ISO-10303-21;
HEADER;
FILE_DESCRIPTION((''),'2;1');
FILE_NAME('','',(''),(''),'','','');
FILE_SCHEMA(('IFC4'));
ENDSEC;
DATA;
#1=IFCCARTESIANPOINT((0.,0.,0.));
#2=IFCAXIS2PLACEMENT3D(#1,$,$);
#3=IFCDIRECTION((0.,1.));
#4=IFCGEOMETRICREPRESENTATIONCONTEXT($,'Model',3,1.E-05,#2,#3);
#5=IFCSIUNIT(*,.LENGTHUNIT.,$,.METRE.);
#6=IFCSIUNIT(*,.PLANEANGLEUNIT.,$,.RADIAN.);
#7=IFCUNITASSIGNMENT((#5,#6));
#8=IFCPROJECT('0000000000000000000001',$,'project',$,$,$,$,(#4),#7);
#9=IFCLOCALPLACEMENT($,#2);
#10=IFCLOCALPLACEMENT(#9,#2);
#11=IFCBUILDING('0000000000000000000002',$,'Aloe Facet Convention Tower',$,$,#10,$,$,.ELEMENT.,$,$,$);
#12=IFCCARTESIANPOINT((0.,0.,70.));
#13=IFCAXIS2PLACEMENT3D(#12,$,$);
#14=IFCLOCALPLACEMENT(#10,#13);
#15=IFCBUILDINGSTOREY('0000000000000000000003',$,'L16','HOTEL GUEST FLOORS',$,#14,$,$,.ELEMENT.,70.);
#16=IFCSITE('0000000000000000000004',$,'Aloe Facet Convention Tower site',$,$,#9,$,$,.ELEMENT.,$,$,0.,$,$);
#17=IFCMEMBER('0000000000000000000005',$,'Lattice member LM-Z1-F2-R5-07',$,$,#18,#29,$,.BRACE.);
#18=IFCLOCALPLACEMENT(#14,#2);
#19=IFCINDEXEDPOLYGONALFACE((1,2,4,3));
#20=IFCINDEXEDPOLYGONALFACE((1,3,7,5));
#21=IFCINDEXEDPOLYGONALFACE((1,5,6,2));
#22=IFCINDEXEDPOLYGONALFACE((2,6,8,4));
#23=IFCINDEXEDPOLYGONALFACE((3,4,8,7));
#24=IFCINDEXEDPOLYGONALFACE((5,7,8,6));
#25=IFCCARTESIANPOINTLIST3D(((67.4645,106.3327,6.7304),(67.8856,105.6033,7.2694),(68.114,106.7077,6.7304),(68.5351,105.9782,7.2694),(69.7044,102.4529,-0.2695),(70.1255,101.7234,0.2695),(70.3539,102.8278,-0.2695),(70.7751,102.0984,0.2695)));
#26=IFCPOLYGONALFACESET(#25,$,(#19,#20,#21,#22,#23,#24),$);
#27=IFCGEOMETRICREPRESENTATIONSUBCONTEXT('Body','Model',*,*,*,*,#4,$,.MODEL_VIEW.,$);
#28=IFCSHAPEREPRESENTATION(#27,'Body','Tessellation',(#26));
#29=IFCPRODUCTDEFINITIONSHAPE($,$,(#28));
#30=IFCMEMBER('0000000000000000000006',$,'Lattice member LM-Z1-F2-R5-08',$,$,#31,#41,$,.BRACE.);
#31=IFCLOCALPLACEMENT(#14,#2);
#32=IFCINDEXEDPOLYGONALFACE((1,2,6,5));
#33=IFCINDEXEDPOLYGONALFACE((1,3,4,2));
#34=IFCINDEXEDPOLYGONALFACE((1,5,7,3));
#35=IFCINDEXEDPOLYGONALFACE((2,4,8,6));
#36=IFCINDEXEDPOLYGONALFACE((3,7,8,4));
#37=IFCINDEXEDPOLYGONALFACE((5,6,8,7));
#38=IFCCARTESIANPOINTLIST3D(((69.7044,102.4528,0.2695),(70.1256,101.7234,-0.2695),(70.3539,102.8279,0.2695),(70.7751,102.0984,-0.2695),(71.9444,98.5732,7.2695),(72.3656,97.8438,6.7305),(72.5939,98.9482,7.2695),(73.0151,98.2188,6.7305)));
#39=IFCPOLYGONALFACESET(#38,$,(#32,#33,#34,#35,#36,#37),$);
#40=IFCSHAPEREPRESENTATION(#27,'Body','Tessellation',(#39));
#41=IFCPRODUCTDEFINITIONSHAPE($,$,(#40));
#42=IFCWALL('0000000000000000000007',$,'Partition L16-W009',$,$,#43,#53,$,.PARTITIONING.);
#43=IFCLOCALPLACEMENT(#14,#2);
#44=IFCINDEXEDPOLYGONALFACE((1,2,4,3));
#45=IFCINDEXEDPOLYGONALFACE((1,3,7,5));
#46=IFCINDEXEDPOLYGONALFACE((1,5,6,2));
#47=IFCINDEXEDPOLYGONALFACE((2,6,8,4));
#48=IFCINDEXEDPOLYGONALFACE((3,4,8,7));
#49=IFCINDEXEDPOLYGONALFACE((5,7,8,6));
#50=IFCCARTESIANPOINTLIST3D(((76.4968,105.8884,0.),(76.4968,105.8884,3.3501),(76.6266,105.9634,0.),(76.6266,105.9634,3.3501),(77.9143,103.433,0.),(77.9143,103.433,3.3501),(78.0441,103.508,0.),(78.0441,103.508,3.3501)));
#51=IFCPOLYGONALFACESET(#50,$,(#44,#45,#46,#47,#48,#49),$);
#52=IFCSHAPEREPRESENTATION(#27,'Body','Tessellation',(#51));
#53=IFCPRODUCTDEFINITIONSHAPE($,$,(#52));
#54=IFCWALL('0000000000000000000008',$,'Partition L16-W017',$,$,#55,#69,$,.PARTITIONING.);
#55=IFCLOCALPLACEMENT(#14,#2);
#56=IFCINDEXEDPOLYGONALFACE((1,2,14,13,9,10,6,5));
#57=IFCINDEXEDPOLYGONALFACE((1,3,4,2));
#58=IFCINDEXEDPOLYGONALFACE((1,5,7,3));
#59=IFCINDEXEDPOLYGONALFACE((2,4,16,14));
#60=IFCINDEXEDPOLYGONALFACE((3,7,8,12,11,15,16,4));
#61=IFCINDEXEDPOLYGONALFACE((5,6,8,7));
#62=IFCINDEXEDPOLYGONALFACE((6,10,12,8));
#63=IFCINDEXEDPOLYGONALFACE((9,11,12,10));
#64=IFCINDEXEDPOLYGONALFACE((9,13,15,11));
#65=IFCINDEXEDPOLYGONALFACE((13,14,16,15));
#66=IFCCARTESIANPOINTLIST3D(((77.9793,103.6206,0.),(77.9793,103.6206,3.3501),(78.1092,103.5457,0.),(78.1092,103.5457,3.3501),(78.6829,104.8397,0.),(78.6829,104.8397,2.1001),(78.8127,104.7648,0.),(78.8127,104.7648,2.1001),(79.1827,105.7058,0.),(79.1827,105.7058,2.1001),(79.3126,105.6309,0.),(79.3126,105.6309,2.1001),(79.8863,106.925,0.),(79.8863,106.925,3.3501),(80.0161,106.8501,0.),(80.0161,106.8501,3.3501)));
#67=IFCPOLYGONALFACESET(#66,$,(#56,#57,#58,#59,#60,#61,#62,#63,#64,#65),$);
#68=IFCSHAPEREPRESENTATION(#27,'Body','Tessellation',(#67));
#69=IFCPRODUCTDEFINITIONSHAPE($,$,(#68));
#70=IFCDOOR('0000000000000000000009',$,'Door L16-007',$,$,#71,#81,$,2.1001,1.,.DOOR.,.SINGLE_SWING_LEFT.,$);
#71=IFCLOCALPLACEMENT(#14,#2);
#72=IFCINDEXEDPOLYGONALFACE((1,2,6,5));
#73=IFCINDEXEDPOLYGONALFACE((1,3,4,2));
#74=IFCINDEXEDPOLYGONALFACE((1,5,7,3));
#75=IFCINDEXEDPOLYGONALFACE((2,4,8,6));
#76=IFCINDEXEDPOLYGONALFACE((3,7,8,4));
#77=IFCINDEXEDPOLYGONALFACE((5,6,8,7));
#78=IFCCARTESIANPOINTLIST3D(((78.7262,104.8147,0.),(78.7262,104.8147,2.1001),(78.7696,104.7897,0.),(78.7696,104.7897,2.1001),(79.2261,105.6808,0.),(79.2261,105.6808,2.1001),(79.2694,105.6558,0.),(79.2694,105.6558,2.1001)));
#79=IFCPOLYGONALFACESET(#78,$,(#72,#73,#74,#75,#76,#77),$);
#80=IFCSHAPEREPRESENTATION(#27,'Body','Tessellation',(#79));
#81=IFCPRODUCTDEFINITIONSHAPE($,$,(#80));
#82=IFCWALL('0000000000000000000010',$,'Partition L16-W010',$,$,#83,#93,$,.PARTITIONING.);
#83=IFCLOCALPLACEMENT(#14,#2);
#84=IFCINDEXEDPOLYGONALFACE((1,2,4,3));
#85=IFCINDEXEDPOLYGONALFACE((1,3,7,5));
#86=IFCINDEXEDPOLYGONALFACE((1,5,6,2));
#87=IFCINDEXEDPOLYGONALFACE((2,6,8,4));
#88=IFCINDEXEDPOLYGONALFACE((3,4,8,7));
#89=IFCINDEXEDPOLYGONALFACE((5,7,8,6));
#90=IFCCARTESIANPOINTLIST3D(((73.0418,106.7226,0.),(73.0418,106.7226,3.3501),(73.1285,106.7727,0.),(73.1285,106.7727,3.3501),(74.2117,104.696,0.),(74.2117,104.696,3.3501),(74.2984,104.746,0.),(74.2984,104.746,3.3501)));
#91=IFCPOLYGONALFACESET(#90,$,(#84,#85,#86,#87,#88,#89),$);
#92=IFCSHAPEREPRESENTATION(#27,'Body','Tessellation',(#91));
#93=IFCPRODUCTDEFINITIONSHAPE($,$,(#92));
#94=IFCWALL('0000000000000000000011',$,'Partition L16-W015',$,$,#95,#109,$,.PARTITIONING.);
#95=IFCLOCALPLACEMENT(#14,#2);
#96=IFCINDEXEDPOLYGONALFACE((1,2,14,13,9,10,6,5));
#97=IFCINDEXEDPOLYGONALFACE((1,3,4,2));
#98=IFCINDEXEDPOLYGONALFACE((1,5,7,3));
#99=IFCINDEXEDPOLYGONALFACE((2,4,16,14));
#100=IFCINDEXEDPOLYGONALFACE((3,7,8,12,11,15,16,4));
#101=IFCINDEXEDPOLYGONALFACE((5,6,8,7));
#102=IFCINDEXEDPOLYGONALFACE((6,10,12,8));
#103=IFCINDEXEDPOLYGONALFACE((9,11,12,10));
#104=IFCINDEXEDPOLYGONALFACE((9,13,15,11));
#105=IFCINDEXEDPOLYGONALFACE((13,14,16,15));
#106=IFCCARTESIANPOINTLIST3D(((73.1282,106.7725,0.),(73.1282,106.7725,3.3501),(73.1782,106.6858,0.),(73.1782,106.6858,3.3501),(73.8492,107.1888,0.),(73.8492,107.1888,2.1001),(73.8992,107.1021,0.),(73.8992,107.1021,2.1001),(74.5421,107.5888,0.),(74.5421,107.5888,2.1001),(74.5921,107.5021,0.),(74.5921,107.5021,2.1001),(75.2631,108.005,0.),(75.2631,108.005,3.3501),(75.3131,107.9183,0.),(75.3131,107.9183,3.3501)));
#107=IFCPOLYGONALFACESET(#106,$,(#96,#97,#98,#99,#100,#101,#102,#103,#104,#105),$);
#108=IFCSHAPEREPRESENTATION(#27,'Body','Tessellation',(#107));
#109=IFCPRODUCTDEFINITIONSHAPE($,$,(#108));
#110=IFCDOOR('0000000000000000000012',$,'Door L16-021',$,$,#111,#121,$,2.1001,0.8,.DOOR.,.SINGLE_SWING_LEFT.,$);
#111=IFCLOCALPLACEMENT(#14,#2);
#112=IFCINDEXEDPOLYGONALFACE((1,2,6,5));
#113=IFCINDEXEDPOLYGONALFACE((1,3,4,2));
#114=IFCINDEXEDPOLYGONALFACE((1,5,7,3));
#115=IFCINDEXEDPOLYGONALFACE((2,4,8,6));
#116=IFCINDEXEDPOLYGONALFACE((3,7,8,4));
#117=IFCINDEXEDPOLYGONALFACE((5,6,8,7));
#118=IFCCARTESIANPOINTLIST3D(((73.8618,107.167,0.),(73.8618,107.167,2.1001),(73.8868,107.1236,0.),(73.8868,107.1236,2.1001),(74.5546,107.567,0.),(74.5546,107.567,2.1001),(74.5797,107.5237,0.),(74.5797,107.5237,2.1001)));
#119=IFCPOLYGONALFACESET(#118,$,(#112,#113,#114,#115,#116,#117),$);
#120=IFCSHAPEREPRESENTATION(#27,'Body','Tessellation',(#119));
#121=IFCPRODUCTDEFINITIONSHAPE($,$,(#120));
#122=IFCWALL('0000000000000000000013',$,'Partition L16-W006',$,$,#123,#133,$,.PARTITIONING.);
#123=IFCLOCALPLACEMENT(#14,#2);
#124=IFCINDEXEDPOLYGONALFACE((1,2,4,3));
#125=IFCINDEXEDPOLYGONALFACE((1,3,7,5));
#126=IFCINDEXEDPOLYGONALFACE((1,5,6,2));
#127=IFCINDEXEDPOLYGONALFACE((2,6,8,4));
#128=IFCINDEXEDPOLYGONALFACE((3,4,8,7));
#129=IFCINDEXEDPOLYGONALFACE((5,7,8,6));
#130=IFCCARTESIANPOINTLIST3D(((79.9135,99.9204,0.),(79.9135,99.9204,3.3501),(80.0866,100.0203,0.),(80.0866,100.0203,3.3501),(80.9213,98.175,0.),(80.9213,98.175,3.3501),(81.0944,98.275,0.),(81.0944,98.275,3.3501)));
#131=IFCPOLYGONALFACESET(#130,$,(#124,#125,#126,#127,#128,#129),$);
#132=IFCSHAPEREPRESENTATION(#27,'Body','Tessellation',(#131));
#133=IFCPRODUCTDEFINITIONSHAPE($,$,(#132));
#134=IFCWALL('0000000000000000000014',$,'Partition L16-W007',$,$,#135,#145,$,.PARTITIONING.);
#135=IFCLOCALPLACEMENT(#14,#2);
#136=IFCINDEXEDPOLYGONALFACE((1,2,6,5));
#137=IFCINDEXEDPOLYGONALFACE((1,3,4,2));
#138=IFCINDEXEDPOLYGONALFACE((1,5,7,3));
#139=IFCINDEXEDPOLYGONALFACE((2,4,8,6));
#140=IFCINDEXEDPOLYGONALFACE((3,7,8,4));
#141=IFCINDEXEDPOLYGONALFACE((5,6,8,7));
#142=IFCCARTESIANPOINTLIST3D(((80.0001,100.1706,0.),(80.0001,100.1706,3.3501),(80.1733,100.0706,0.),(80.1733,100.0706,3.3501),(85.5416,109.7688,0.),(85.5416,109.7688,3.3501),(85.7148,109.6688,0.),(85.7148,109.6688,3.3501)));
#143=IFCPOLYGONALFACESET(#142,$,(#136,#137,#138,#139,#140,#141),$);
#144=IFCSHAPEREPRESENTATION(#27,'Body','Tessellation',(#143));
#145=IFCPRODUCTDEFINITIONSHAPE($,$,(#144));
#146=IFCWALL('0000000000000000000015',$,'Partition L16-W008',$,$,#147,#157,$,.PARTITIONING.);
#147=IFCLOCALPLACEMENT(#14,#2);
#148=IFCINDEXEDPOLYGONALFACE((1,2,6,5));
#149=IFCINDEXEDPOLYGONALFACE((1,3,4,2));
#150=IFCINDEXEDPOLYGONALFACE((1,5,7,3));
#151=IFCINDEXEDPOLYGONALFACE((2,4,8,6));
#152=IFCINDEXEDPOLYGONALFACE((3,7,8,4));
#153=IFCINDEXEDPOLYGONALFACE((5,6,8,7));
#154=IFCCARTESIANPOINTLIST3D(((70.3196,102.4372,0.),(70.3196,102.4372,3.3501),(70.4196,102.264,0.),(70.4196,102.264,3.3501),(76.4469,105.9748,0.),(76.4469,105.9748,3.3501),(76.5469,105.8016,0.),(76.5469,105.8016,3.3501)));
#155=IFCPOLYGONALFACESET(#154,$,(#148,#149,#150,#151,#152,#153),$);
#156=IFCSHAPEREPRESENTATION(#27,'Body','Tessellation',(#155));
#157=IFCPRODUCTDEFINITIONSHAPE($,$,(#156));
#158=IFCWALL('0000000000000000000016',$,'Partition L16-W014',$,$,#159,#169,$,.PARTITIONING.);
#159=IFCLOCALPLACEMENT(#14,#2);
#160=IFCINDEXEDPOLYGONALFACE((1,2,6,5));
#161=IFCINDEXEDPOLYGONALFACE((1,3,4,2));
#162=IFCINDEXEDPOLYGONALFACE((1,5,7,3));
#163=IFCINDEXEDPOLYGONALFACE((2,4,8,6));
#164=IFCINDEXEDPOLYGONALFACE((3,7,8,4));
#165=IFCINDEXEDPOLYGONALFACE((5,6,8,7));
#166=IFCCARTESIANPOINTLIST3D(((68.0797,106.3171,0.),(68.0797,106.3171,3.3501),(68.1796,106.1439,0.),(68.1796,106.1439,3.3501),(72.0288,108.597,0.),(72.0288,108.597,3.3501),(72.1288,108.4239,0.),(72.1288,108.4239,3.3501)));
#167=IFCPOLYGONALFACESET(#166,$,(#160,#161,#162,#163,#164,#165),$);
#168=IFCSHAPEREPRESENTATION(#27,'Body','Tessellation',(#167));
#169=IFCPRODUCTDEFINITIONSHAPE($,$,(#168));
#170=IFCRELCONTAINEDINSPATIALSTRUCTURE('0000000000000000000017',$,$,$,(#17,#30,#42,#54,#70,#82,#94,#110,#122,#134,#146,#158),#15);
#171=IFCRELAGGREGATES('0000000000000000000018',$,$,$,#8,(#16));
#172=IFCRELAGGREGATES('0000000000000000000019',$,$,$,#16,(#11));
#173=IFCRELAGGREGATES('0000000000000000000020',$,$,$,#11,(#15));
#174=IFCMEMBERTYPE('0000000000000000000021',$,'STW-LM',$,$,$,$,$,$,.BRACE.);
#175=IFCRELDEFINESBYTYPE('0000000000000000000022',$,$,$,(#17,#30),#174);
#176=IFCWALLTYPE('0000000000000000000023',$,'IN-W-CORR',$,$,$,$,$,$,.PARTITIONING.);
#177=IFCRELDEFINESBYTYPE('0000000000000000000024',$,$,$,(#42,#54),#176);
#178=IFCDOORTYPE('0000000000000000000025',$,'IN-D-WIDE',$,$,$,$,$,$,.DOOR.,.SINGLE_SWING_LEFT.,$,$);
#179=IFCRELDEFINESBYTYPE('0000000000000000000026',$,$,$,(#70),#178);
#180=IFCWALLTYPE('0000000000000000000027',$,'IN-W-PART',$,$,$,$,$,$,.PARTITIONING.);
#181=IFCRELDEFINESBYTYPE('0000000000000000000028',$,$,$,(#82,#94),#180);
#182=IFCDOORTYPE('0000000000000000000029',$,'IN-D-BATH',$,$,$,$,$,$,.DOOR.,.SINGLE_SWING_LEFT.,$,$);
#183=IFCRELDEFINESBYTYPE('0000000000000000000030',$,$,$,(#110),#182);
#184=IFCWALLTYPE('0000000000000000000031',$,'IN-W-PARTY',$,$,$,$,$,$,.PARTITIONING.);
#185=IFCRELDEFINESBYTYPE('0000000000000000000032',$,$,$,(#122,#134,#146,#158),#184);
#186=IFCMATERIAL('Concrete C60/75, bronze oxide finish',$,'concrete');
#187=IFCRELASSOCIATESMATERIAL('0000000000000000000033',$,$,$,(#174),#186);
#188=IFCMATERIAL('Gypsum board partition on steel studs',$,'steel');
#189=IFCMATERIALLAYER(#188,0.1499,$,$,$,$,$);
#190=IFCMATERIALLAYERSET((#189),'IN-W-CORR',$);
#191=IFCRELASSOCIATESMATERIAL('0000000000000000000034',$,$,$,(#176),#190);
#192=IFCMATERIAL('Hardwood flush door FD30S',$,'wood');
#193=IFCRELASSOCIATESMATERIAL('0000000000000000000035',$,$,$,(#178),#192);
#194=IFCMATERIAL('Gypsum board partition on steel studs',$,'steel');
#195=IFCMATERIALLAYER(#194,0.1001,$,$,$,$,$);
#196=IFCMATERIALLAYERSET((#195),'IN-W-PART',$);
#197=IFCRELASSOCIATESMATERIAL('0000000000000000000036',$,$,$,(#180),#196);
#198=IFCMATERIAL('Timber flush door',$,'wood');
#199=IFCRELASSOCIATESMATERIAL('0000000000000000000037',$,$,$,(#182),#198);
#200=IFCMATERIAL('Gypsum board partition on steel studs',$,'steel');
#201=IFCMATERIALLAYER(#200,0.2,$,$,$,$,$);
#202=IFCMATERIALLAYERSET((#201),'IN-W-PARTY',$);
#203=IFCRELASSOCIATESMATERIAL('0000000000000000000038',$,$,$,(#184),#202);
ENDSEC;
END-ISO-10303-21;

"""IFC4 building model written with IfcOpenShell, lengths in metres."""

from ifc_helpers import new_model, si_unit, direction, frame, frame_2d, origin, origin_2d, place, context, subcontext, project, spatial, rectangle, extrude, material, layer, layer_set, material_profile, profile_set, type_object, element, fill, save


model = new_model("IFC4")

# Units and contexts
model_context = context("Model", 3, precision=1e-05, world=origin(), true_north=direction((0.0, 1.0)))
body_context = subcontext(model_context, "Body", "Model", "MODEL_VIEW")
ifc_project = project(units=[si_unit("LENGTHUNIT", "METRE"), si_unit("PLANEANGLEUNIT", "RADIAN")], contexts=[model_context])

# Site, building, storey
site_placement = place(None, origin())
site = spatial("IfcSite", under=ifc_project, at=site_placement, Name="Aloe Facet Convention Tower site", CompositionType="ELEMENT", RefElevation=0.0)
building_placement = place(site_placement, origin())
building = spatial("IfcBuilding", under=site, at=building_placement, Name="Aloe Facet Convention Tower", CompositionType="ELEMENT")
storey_placement = place(building_placement, frame((0.0, 0.0, 70.0)))
storey = spatial("IfcBuildingStorey", under=building, at=storey_placement, Name="L16", Description="HOTEL GUEST FLOORS", CompositionType="ELEMENT", Elevation=70.0)

# Members
ifc_material_1 = material(Name="Concrete C60/75, bronze oxide finish", Category="concrete")
ifc_material_profile_1 = material_profile(ifc_material_1, rectangle(XDim=0.75, YDim=1.0, at=origin_2d()), Name="STW-LM")
ifc_profile_set_1 = profile_set([ifc_material_profile_1], Name="Concrete C60/75, bronze oxide finish")
member_type = type_object("IfcMemberType", Name="STW-LM", PredefinedType="BRACE", material=ifc_profile_set_1)
for number, where, z_axis, x_axis, name in (
    (1, (70.2397, 102.2756, 0.0), (-0.269524, 0.466843, 0.842267), (-0.866031, -0.49999, 0.0), "Lattice member LM-Z1-F2-R5-07"),
    (2, (70.2397, 102.2756, 0.0), (0.269528, -0.46682, 0.842279), (0.866018, 0.500013, 0.0), "Lattice member LM-Z1-F2-R5-08"),
):
    element("IfcMember", number, at=place(storey_placement, frame(where, z_axis=z_axis, x_axis=x_axis)), inside=storey, type_object=member_type, Name=name, PredefinedType="BRACE", context=body_context, shape_type="SweptSolid", body=[
        extrude(rectangle(XDim=0.75, YDim=1.0, at=origin_2d()), origin(), (0.0, 0.0, 1.0), 8.3108),
    ])

# Wall
ifc_material_2 = material(Name="Gypsum board partition on steel studs", Category="steel")
ifc_layer_1 = layer(ifc_material_2, 0.1499)
ifc_layer_set_1 = layer_set([ifc_layer_1], Name="IN-W-CORR")
wall_type_1 = type_object("IfcWallType", Name="IN-W-CORR", PredefinedType="PARTITIONING", material=ifc_layer_set_1)
wall_1_placement = place(storey_placement, frame((76.5618, 105.9258, 0.0), z_axis=(0.0, 0.0, 1.0), x_axis=(0.499973, -0.866041, 0.0)))
element("IfcWall", 3, at=wall_1_placement, inside=storey, type_object=wall_type_1, Name="Partition L16-W009", PredefinedType="PARTITIONING", context=body_context, shape_type="SweptSolid", body=[
    extrude(rectangle(XDim=2.8352, YDim=0.1499, at=frame_2d((1.4175, 0.0))), origin(), (0.0, 0.0, 1.0), 3.3501),
])

# Wall, opening, door
wall_2_placement = place(storey_placement, frame((78.0442, 103.583, 0.0), z_axis=(0.0, 0.0, 1.0), x_axis=(0.499835, 0.866121, 0.0)))
wall_2 = element("IfcWall", 4, at=wall_2_placement, inside=storey, type_object=wall_type_1, Name="Partition L16-W017", PredefinedType="PARTITIONING", context=body_context, shape_type="SweptSolid", body=[
    extrude(rectangle(XDim=3.8152, YDim=0.1499, at=frame_2d((1.9077, 0.0))), origin(), (0.0, 0.0, 1.0), 3.3501),
])
opening_1_placement = place(wall_2_placement, frame((1.4077, 0.0, 0.0)))
opening_1 = element("IfcOpeningElement", 5, at=opening_1_placement, cuts=wall_2, PredefinedType="OPENING", context=body_context, shape_type="SweptSolid", body=[
    extrude(rectangle(XDim=1.0, YDim=2.1001, at=frame_2d((0.5, 1.05))), frame((0.0, 0.085, 0.0), z_axis=(0.0, -1.0, 0.0), x_axis=(1.0, 0.0, 0.0)), (0.0, 0.0, 1.0), 0.1699),
])
ifc_material_3 = material(Name="Hardwood flush door FD30S", Category="wood")
door_type_1 = type_object("IfcDoorType", Name="IN-D-WIDE", OperationType="SINGLE_SWING_LEFT", PredefinedType="DOOR", material=ifc_material_3)
door_1_placement = place(opening_1_placement, origin())
door_1 = element("IfcDoor", 6, at=door_1_placement, inside=storey, type_object=door_type_1, Name="Door L16-007", OperationType="SINGLE_SWING_LEFT", OverallHeight=2.1001, OverallWidth=1.0, PredefinedType="DOOR", context=body_context, shape_type="SweptSolid", body=[
    extrude(rectangle(XDim=1.0, YDim=2.1001, at=frame_2d((0.5, 1.05))), frame((0.0, 0.0249, 0.0), z_axis=(0.0, -1.0, 0.0), x_axis=(1.0, 0.0, 0.0)), (0.0, 0.0, 1.0), 0.05),
])
fill(opening_1, door_1)

# Wall
ifc_material_4 = material(Name="Gypsum board partition on steel studs", Category="steel")
ifc_layer_2 = layer(ifc_material_4, 0.1001)
ifc_layer_set_2 = layer_set([ifc_layer_2], Name="IN-W-PART")
wall_type_2 = type_object("IfcWallType", Name="IN-W-PART", PredefinedType="PARTITIONING", material=ifc_layer_set_2)
wall_3_placement = place(storey_placement, frame((73.0852, 106.7476, 0.0), z_axis=(0.0, 0.0, 1.0), x_axis=(0.499954, -0.866052, 0.0)))
element("IfcWall", 7, at=wall_3_placement, inside=storey, type_object=wall_type_2, Name="Partition L16-W010", PredefinedType="PARTITIONING", context=body_context, shape_type="SweptSolid", body=[
    extrude(rectangle(XDim=2.3401, YDim=0.1001, at=frame_2d((1.1699, 0.0))), origin(), (0.0, 0.0, 1.0), 3.3501),
])

# Wall, opening, door
wall_4_placement = place(storey_placement, frame((73.1533, 106.7292, 0.0), z_axis=(0.0, 0.0, 1.0), x_axis=(0.86604, 0.499974, 0.0)))
wall_4 = element("IfcWall", 8, at=wall_4_placement, inside=storey, type_object=wall_type_2, Name="Partition L16-W015", PredefinedType="PARTITIONING", context=body_context, shape_type="SweptSolid", body=[
    extrude(rectangle(XDim=2.4651, YDim=0.1001, at=frame_2d((1.2324, 0.0))), origin(), (0.0, 0.0, 1.0), 3.3501),
])
opening_2_placement = place(wall_4_placement, frame((0.8325, 0.0, 0.0)))
opening_2 = element("IfcOpeningElement", 9, at=opening_2_placement, cuts=wall_4, PredefinedType="OPENING", context=body_context, shape_type="SweptSolid", body=[
    extrude(rectangle(XDim=0.8, YDim=2.1001, at=frame_2d((0.3999, 1.05))), frame((0.0, 0.0601, 0.0), z_axis=(0.0, -1.0, 0.0), x_axis=(1.0, 0.0, 0.0)), (0.0, 0.0, 1.0), 0.1201),
])
ifc_material_5 = material(Name="Timber flush door", Category="wood")
door_type_2 = type_object("IfcDoorType", Name="IN-D-BATH", OperationType="SINGLE_SWING_LEFT", PredefinedType="DOOR", material=ifc_material_5)
door_2_placement = place(opening_2_placement, origin())
door_2 = element("IfcDoor", 10, at=door_2_placement, inside=storey, type_object=door_type_2, Name="Door L16-021", OperationType="SINGLE_SWING_LEFT", OverallHeight=2.1001, OverallWidth=0.8, PredefinedType="DOOR", context=body_context, shape_type="SweptSolid", body=[
    extrude(rectangle(XDim=0.8, YDim=2.1001, at=frame_2d((0.3999, 1.05))), frame((0.0, 0.0249, 0.0), z_axis=(0.0, -1.0, 0.0), x_axis=(1.0, 0.0, 0.0)), (0.0, 0.0, 1.0), 0.05),
])
fill(opening_2, door_2)

# Walls
ifc_material_6 = material(Name="Gypsum board partition on steel studs", Category="steel")
ifc_layer_3 = layer(ifc_material_6, 0.2)
ifc_layer_set_3 = layer_set([ifc_layer_3], Name="IN-W-PARTY")
wall_type_3 = type_object("IfcWallType", Name="IN-W-PARTY", PredefinedType="PARTITIONING", material=ifc_layer_set_3)
wall_5_placement = place(storey_placement, frame((80.0, 99.9705, 0.0), z_axis=(0.0, 0.0, 1.0), x_axis=(0.500048, -0.865998, 0.0)))
element("IfcWall", 11, at=wall_5_placement, inside=storey, type_object=wall_type_3, Name="Partition L16-W006", PredefinedType="PARTITIONING", context=body_context, shape_type="SweptSolid", body=[
    extrude(rectangle(XDim=2.0154, YDim=0.2, at=frame_2d((1.0078, 0.0))), origin(), (0.0, 0.0, 1.0), 3.3501),
])
wall_6_placement = place(storey_placement, frame((80.0867, 100.1206, 0.0), z_axis=(0.0, 0.0, 1.0), x_axis=(0.500001, 0.866025, 0.0)))
element("IfcWall", 12, at=wall_6_placement, inside=storey, type_object=wall_type_3, Name="Partition L16-W007", PredefinedType="PARTITIONING", context=body_context, shape_type="SweptSolid", body=[
    extrude(rectangle(XDim=11.083, YDim=0.2, at=frame_2d((5.5415, 0.0))), origin(), (0.0, 0.0, 1.0), 3.3501),
])
wall_7_placement = place(storey_placement, frame((70.3696, 102.3506, 0.0), z_axis=(0.0, 0.0, 1.0), x_axis=(0.866022, 0.500006, 0.0)))
element("IfcWall", 13, at=wall_7_placement, inside=storey, type_object=wall_type_3, Name="Partition L16-W008", PredefinedType="PARTITIONING", context=body_context, shape_type="SweptSolid", body=[
    extrude(rectangle(XDim=7.0752, YDim=0.2, at=frame_2d((3.5376, 0.0))), origin(), (0.0, 0.0, 1.0), 3.3501),
])
wall_8_placement = place(storey_placement, frame((68.1296, 106.2305, 0.0), z_axis=(0.0, 0.0, 1.0), x_axis=(0.86603, 0.499991, 0.0)))
element("IfcWall", 14, at=wall_8_placement, inside=storey, type_object=wall_type_3, Name="Partition L16-W014", PredefinedType="PARTITIONING", context=body_context, shape_type="SweptSolid", body=[
    extrude(rectangle(XDim=4.5601, YDim=0.2, at=frame_2d((2.28, 0.0))), origin(), (0.0, 0.0, 1.0), 3.3501),
])

save(model, "model.ifc")
